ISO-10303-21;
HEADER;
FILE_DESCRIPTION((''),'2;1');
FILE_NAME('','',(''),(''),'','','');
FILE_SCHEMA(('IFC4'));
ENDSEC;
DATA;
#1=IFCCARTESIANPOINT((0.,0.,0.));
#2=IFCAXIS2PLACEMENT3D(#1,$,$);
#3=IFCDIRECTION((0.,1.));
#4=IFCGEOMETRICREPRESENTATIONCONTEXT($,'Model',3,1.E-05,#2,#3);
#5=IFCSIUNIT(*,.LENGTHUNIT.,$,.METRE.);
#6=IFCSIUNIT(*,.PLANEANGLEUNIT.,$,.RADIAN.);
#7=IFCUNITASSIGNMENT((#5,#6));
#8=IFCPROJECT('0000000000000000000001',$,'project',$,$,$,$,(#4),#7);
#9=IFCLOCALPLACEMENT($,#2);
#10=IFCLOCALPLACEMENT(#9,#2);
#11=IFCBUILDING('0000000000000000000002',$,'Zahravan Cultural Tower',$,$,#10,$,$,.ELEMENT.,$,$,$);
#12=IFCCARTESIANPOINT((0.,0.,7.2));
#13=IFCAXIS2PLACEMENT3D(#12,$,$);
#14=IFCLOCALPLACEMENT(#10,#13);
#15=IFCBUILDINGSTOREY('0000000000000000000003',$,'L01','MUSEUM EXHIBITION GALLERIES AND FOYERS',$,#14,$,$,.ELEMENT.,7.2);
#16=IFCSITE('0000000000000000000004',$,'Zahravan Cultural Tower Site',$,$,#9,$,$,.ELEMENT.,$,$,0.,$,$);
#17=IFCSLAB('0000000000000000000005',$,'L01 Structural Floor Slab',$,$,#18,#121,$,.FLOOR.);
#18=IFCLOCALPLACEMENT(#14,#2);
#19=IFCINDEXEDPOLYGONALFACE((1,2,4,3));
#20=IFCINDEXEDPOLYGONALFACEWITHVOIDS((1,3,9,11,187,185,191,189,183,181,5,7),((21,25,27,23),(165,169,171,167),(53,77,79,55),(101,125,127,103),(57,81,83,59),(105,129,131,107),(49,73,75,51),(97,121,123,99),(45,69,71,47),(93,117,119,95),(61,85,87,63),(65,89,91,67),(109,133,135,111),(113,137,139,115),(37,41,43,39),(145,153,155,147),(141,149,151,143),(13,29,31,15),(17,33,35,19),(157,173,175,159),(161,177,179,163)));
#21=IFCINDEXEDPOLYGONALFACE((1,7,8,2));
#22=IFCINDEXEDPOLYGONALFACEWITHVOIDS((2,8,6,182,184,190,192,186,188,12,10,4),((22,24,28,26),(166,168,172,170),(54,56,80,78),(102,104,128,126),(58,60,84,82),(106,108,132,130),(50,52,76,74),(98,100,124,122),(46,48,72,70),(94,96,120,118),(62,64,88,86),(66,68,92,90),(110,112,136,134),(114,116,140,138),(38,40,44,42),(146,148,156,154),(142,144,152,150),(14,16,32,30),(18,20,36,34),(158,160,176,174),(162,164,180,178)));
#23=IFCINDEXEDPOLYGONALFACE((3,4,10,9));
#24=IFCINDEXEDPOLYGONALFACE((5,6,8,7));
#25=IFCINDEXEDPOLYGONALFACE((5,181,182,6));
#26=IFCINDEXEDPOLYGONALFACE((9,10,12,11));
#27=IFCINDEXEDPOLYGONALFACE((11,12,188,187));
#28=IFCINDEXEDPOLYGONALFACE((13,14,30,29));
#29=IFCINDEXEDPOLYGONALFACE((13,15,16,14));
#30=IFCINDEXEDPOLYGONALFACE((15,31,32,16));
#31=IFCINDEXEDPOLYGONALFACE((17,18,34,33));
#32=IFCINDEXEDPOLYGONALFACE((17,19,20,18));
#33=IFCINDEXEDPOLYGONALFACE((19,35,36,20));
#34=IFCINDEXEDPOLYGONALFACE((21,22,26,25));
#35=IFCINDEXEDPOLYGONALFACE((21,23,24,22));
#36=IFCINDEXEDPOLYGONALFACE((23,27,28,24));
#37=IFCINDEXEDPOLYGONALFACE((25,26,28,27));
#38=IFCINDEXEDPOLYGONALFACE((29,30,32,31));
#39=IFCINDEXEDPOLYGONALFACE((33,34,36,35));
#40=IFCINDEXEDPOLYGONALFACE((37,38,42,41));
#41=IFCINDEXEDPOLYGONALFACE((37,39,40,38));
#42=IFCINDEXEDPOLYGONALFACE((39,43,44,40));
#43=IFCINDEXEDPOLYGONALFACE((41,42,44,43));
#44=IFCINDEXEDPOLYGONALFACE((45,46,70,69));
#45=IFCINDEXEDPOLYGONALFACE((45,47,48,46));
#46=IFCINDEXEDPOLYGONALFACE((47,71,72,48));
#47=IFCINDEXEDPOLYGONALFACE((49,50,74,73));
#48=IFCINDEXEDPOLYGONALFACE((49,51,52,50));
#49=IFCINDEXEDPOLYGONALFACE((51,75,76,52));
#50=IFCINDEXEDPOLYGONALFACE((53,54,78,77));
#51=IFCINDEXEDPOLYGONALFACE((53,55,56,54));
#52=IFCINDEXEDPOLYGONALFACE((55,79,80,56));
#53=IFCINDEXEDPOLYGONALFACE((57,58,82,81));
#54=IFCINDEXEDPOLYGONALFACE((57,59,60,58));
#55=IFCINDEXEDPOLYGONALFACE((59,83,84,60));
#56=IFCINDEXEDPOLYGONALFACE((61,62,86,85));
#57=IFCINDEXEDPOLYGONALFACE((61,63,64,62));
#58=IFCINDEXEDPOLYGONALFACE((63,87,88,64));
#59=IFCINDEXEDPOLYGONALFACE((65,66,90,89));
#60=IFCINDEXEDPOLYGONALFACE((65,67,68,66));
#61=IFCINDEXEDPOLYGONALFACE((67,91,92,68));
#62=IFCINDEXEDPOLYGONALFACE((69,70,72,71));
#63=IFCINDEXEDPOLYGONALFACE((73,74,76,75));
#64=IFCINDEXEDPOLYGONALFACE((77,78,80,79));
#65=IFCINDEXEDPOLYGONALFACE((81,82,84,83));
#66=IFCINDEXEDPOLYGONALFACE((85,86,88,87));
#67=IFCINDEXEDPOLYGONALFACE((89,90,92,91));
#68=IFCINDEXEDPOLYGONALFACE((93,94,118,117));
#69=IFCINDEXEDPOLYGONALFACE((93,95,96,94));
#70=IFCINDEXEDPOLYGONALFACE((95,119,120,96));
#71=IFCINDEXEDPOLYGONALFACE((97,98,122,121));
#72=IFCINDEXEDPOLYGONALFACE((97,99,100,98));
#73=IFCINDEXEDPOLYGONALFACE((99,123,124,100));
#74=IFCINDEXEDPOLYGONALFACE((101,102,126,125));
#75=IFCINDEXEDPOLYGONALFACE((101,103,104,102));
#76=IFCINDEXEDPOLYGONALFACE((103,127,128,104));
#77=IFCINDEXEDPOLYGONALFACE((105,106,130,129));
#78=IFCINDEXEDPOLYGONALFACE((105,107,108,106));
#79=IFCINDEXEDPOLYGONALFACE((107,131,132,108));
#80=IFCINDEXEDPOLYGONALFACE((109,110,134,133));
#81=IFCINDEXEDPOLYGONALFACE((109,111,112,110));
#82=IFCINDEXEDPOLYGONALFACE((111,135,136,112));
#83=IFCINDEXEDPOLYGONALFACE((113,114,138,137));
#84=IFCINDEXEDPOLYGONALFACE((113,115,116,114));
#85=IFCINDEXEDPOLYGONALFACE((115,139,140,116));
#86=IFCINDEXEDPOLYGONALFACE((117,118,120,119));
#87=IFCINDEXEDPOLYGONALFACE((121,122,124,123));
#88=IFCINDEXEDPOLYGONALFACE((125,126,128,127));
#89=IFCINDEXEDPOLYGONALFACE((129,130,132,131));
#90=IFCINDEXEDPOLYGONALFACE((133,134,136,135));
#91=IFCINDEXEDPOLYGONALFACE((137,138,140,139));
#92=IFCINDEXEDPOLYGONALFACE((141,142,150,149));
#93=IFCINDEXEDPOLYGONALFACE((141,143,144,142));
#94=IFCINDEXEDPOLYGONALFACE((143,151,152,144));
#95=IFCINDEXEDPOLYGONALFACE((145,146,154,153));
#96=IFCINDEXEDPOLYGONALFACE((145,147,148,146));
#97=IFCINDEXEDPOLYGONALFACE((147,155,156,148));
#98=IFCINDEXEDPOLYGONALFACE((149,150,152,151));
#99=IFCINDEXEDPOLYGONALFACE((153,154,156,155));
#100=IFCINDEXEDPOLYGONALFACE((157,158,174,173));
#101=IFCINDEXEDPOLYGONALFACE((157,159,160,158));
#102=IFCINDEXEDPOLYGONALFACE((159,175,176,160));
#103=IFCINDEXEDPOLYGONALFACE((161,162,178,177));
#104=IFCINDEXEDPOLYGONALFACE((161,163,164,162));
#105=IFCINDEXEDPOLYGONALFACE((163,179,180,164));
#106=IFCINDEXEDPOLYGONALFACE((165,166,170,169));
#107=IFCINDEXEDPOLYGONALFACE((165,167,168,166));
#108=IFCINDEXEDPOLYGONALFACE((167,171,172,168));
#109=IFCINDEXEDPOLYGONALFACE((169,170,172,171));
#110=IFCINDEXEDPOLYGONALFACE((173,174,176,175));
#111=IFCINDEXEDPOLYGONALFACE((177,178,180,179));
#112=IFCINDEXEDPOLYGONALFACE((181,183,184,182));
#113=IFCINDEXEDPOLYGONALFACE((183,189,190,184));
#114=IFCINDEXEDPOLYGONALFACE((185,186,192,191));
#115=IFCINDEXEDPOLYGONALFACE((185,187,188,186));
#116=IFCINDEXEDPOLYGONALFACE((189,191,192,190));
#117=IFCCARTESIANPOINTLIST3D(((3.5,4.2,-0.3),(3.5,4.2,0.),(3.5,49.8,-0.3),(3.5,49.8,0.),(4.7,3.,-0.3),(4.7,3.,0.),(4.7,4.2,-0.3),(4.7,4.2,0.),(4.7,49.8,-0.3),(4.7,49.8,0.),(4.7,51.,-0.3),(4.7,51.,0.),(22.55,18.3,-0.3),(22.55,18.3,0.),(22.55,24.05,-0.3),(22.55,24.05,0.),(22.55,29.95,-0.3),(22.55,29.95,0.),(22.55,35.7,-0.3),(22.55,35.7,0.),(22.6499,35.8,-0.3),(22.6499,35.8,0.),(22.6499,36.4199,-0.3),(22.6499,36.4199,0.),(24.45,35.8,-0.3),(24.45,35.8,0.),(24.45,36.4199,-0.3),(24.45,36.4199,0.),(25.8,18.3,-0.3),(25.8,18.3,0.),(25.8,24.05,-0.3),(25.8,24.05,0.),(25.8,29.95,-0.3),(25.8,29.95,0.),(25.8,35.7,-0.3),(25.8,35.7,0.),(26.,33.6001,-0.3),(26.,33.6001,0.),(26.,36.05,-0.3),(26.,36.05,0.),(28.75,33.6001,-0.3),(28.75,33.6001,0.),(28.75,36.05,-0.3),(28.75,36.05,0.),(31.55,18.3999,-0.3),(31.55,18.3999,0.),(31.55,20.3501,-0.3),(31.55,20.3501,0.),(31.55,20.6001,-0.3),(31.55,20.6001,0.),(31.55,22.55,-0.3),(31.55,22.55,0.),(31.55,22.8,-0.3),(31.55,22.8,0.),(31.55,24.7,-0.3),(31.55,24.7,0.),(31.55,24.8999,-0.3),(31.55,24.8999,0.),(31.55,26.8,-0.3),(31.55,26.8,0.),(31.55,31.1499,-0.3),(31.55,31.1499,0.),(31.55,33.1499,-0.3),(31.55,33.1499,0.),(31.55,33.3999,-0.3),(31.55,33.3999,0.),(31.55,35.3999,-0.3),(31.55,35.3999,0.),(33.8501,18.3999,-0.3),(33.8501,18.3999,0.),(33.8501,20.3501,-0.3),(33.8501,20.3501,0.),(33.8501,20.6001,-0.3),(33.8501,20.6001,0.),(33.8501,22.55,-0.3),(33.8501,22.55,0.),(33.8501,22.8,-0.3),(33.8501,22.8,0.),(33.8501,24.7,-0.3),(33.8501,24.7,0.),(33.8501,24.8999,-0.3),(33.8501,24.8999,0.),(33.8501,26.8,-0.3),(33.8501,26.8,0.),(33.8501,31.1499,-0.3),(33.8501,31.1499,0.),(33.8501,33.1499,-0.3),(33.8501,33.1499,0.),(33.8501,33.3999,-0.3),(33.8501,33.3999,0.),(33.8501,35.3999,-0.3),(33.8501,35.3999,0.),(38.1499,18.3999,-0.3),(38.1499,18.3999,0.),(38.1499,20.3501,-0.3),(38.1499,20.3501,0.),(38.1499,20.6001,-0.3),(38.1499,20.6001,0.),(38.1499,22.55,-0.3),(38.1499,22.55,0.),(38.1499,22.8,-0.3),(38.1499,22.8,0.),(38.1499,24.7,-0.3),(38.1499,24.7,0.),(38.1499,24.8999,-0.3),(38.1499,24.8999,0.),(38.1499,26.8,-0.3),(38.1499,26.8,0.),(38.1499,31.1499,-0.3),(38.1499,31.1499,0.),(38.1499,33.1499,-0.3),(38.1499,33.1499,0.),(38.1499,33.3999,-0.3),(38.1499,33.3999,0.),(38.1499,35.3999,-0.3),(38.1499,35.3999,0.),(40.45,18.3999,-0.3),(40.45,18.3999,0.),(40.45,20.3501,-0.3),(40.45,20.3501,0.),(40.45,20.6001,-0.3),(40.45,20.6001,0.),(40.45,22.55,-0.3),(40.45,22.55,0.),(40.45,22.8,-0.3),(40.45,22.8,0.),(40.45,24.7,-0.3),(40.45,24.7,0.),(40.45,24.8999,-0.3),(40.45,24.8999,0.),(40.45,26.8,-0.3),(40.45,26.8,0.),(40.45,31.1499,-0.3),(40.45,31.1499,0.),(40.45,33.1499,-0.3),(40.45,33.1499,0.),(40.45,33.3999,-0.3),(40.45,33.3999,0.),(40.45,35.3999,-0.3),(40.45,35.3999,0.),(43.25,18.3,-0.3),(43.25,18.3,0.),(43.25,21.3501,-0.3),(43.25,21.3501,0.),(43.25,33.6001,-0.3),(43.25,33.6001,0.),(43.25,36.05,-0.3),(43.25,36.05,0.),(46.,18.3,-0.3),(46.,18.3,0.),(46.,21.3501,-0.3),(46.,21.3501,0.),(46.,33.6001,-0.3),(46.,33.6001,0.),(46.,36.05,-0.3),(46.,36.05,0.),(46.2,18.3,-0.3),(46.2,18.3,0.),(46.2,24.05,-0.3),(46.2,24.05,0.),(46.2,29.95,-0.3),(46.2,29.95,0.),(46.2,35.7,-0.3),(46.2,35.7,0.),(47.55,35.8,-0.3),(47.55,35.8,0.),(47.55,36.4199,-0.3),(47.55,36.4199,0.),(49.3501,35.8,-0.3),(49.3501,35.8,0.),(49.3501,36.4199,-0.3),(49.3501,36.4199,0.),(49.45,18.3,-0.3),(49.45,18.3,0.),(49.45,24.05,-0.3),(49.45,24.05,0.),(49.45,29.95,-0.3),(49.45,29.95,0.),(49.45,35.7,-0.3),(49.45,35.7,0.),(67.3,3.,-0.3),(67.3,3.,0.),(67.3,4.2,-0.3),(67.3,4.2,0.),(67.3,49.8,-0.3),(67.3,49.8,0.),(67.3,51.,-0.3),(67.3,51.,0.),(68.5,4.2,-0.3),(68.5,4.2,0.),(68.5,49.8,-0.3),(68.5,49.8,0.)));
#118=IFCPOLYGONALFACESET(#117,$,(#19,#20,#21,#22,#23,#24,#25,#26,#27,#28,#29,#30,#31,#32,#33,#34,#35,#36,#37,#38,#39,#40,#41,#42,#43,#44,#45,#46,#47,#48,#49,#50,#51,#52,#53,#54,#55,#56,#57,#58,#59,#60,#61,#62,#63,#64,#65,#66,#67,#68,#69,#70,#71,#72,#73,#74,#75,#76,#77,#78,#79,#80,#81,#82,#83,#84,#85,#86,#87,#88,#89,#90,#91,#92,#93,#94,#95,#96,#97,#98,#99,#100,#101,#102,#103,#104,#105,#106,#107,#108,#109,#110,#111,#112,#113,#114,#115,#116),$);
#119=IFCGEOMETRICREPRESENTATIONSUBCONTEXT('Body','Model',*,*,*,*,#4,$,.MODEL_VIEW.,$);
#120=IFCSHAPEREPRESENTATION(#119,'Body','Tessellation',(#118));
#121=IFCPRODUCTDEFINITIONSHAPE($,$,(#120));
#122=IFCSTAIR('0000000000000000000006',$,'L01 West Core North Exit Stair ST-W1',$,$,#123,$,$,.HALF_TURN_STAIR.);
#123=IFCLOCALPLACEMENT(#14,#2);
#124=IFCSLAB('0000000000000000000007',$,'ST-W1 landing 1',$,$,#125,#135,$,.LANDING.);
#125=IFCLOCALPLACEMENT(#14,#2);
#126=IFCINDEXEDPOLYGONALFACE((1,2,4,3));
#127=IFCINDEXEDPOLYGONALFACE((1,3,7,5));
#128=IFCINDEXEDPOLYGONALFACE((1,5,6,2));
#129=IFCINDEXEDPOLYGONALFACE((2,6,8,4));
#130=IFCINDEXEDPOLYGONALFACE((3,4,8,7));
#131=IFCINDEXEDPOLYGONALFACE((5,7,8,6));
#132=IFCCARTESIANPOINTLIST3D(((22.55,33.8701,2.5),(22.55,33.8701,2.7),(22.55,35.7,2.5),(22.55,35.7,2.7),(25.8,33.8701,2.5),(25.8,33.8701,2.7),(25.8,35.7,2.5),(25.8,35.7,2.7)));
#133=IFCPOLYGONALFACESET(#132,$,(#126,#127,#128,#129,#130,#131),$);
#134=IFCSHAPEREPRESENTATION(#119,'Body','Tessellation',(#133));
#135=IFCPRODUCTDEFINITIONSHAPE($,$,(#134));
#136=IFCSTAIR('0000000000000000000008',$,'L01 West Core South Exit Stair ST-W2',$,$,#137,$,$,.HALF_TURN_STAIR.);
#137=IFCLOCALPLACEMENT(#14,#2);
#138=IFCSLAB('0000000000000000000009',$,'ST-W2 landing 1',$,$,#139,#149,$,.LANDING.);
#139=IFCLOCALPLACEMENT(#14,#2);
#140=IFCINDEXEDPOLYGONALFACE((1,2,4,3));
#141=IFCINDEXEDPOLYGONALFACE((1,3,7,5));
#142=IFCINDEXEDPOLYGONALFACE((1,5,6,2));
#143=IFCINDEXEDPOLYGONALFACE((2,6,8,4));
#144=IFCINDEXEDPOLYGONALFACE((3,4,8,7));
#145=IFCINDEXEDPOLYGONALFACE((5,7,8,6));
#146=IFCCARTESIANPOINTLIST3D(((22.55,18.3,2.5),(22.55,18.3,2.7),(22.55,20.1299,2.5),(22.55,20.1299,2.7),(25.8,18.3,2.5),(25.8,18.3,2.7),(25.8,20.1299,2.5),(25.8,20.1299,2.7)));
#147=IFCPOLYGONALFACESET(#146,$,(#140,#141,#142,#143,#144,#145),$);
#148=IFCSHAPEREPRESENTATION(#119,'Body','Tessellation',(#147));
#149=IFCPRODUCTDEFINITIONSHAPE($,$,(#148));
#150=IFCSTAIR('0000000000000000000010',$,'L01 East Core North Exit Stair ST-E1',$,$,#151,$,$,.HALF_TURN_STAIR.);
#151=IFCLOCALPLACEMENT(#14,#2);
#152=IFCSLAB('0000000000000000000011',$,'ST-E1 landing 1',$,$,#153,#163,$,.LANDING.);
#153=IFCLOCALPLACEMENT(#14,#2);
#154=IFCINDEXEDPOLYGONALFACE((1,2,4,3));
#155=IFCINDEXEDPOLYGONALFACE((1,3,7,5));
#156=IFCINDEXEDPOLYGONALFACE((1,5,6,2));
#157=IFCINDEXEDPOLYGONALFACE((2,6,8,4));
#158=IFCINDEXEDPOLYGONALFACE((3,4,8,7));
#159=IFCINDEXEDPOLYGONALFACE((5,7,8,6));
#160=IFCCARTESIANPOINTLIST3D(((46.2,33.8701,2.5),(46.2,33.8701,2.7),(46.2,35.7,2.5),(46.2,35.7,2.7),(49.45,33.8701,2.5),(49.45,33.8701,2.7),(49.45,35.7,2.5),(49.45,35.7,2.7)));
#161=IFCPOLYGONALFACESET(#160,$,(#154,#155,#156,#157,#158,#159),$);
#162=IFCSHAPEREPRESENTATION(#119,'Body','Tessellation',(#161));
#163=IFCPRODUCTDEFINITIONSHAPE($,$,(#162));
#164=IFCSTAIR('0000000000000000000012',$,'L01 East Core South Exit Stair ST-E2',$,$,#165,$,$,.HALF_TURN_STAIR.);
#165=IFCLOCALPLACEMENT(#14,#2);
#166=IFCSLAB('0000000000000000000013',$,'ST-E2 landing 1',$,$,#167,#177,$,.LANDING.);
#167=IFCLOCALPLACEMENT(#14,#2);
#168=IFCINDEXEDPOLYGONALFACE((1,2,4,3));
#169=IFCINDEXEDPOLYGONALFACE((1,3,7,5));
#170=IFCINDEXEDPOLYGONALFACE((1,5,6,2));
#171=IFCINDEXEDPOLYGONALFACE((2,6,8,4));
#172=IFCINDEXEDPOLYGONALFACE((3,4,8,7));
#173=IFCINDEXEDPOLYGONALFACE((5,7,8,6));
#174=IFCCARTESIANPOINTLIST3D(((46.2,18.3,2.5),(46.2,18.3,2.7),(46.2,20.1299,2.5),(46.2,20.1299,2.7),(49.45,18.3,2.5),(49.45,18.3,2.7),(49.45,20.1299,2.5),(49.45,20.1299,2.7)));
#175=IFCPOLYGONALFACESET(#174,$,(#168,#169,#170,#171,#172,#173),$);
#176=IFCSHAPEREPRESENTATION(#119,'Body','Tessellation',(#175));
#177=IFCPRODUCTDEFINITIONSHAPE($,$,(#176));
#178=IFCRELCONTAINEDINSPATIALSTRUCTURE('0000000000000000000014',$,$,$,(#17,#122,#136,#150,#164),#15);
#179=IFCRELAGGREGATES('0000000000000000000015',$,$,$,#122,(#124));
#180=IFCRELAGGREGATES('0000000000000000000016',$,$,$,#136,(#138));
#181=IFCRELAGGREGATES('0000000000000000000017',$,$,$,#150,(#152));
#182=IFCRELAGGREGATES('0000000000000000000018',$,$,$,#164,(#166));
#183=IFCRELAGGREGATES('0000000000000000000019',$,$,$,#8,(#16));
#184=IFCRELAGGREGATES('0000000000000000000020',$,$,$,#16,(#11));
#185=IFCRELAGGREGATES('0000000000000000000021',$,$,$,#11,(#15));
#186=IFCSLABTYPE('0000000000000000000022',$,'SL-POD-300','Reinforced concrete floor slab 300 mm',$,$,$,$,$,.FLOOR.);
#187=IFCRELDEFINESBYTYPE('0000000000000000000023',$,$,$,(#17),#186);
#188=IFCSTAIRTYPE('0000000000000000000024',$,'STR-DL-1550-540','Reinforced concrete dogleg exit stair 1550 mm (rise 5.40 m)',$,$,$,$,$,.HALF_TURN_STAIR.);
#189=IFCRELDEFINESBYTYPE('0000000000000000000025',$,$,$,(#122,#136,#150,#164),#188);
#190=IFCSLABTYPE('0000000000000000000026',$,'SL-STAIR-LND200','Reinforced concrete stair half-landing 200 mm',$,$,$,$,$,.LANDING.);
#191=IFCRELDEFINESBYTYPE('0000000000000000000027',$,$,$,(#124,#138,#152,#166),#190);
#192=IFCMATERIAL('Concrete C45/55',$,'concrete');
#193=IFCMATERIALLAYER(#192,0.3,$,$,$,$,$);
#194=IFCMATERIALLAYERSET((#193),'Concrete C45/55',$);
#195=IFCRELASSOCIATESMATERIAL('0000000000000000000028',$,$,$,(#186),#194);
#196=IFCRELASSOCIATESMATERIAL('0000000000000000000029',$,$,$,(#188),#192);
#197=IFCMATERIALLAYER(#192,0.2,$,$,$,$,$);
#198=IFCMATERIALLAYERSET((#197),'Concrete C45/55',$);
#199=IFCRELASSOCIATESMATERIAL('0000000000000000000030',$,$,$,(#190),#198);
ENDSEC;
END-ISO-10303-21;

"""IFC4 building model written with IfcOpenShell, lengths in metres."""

from ifc_helpers import new_model, si_unit, direction, frame, origin, place, context, subcontext, project, spatial, polyline, outline, extrude, material, layer, layer_set, type_object, element, aggregate, save


model = new_model("IFC4")

# Units and contexts
model_context = context("Model", 3, precision=1e-05, world=origin(), true_north=direction((0.0, 1.0)))
body_context = subcontext(model_context, "Body", "Model", "MODEL_VIEW")
ifc_project = project(units=[si_unit("LENGTHUNIT", "METRE"), si_unit("PLANEANGLEUNIT", "RADIAN")], contexts=[model_context])

# Site, building, storey
site_placement = place(None, origin())
site = spatial("IfcSite", under=ifc_project, at=site_placement, Name="Zahravan Cultural Tower Site", CompositionType="ELEMENT", RefElevation=0.0)
building_placement = place(site_placement, origin())
building = spatial("IfcBuilding", under=site, at=building_placement, Name="Zahravan Cultural Tower", CompositionType="ELEMENT")
storey_placement = place(building_placement, frame((0.0, 0.0, 7.2)))
storey = spatial("IfcBuildingStorey", under=building, at=storey_placement, Name="L01", Description="MUSEUM EXHIBITION GALLERIES AND FOYERS", CompositionType="ELEMENT", Elevation=7.2)

# Slab
ifc_material_1 = material(Name="Concrete C45/55", Category="concrete")
ifc_layer_1 = layer(ifc_material_1, 0.3)
ifc_layer_set_1 = layer_set([ifc_layer_1], Name="Concrete C45/55")
slab_type_1 = type_object("IfcSlabType", Name="SL-POD-300", Description="Reinforced concrete floor slab 300 mm", PredefinedType="FLOOR", material=ifc_layer_set_1)
slab_1_placement = place(storey_placement, frame((0.0, 0.0, -0.3)))
element("IfcSlab", 1, at=slab_1_placement, inside=storey, type_object=slab_type_1, Name="L01 Structural Floor Slab", PredefinedType="FLOOR", context=body_context, shape_type="SweptSolid", body=[
    extrude(outline(polyline([(68.5, 49.8), (67.3, 49.8), (67.3, 51.0), (4.7, 51.0), (4.7, 49.8), (3.5, 49.8), (3.5, 4.2), (4.7, 4.2), (4.7, 3.0), (67.3, 3.0), (67.3, 4.2), (68.5, 4.2), (68.5, 49.8)]), holes=[polyline([(22.55, 29.95), (22.55, 35.7), (25.8, 35.7), (25.8, 29.95), (22.55, 29.95)]), polyline([(22.55, 18.3), (22.55, 24.05), (25.8, 24.05), (25.8, 18.3), (22.55, 18.3)]), polyline([(46.2, 29.95), (46.2, 35.7), (49.45, 35.7), (49.45, 29.95), (46.2, 29.95)]), polyline([(46.2, 18.3), (46.2, 24.05), (49.45, 24.05), (49.45, 18.3), (46.2, 18.3)]), polyline([(26.0, 33.6001), (26.0, 36.05), (28.75, 36.05), (28.75, 33.6001), (26.0, 33.6001)]), polyline([(43.25, 33.6001), (43.25, 36.05), (46.0, 36.05), (46.0, 33.6001), (43.25, 33.6001)]), polyline([(43.25, 18.3), (43.25, 21.3501), (46.0, 21.3501), (46.0, 18.3), (43.25, 18.3)]), polyline([(31.55, 33.3999), (31.55, 35.3999), (33.8501, 35.3999), (33.8501, 33.3999), (31.55, 33.3999)]), polyline([(31.55, 31.1499), (31.55, 33.1499), (33.8501, 33.1499), (33.8501, 31.1499), (31.55, 31.1499)]), polyline([(38.1499, 33.3999), (38.1499, 35.3999), (40.45, 35.3999), (40.45, 33.3999), (38.1499, 33.3999)]), polyline([(38.1499, 31.1499), (38.1499, 33.1499), (40.45, 33.1499), (40.45, 31.1499), (38.1499, 31.1499)]), polyline([(31.55, 20.6001), (31.55, 22.55), (33.8501, 22.55), (33.8501, 20.6001), (31.55, 20.6001)]), polyline([(31.55, 18.3999), (31.55, 20.3501), (33.8501, 20.3501), (33.8501, 18.3999), (31.55, 18.3999)]), polyline([(38.1499, 20.6001), (38.1499, 22.55), (40.45, 22.55), (40.45, 20.6001), (38.1499, 20.6001)]), polyline([(38.1499, 18.3999), (38.1499, 20.3501), (40.45, 20.3501), (40.45, 18.3999), (38.1499, 18.3999)]), polyline([(31.55, 24.8999), (31.55, 26.8), (33.8501, 26.8), (33.8501, 24.8999), (31.55, 24.8999)]), polyline([(31.55, 22.8), (31.55, 24.7), (33.8501, 24.7), (33.8501, 22.8), (31.55, 22.8)]), polyline([(38.1499, 24.8999), (38.1499, 26.8), (40.45, 26.8), (40.45, 24.8999), (38.1499, 24.8999)]), polyline([(38.1499, 22.8), (38.1499, 24.7), (40.45, 24.7), (40.45, 22.8), (38.1499, 22.8)]), polyline([(22.6499, 35.8), (22.6499, 36.4199), (24.45, 36.4199), (24.45, 35.8), (22.6499, 35.8)]), polyline([(47.55, 35.8), (47.55, 36.4199), (49.3501, 36.4199), (49.3501, 35.8), (47.55, 35.8)])]), origin(), (0.0, 0.0, 1.0), 0.3),
])

# Stairs, slabs
stair_type = type_object("IfcStairType", Name="STR-DL-1550-540", Description="Reinforced concrete dogleg exit stair 1550 mm (rise 5.40 m)", PredefinedType="HALF_TURN_STAIR", material=ifc_material_1)
stair_1_placement = place(storey_placement, origin())
stair_1 = element("IfcStair", 2, at=stair_1_placement, inside=storey, type_object=stair_type, Name="L01 West Core North Exit Stair ST-W1", PredefinedType="HALF_TURN_STAIR")
ifc_layer_2 = layer(ifc_material_1, 0.2)
ifc_layer_set_2 = layer_set([ifc_layer_2], Name="Concrete C45/55")
slab_type_2 = type_object("IfcSlabType", Name="SL-STAIR-LND200", Description="Reinforced concrete stair half-landing 200 mm", PredefinedType="LANDING", material=ifc_layer_set_2)
slab_2_placement = place(storey_placement, frame((0.0, 0.0, 2.5)))
slab_2 = element("IfcSlab", 3, at=slab_2_placement, type_object=slab_type_2, Name="ST-W1 landing 1", PredefinedType="LANDING", context=body_context, shape_type="SweptSolid", body=[
    extrude(outline(polyline([(25.8, 33.8701), (25.8, 35.7), (22.55, 35.7), (22.55, 33.8701), (25.8, 33.8701)])), origin(), (0.0, 0.0, 1.0), 0.2),
])
aggregate(stair_1, [slab_2])
stair_2_placement = place(storey_placement, origin())
stair_2 = element("IfcStair", 4, at=stair_2_placement, inside=storey, type_object=stair_type, Name="L01 West Core South Exit Stair ST-W2", PredefinedType="HALF_TURN_STAIR")
slab_3_placement = place(storey_placement, frame((0.0, 0.0, 2.5)))
slab_3 = element("IfcSlab", 5, at=slab_3_placement, type_object=slab_type_2, Name="ST-W2 landing 1", PredefinedType="LANDING", context=body_context, shape_type="SweptSolid", body=[
    extrude(outline(polyline([(22.55, 20.1299), (22.55, 18.3), (25.8, 18.3), (25.8, 20.1299), (22.55, 20.1299)])), origin(), (0.0, 0.0, 1.0), 0.2),
])
aggregate(stair_2, [slab_3])
stair_3_placement = place(storey_placement, origin())
stair_3 = element("IfcStair", 6, at=stair_3_placement, inside=storey, type_object=stair_type, Name="L01 East Core North Exit Stair ST-E1", PredefinedType="HALF_TURN_STAIR")
slab_4_placement = place(storey_placement, frame((0.0, 0.0, 2.5)))
slab_4 = element("IfcSlab", 7, at=slab_4_placement, type_object=slab_type_2, Name="ST-E1 landing 1", PredefinedType="LANDING", context=body_context, shape_type="SweptSolid", body=[
    extrude(outline(polyline([(49.45, 33.8701), (49.45, 35.7), (46.2, 35.7), (46.2, 33.8701), (49.45, 33.8701)])), origin(), (0.0, 0.0, 1.0), 0.2),
])
aggregate(stair_3, [slab_4])
stair_4_placement = place(storey_placement, origin())
stair_4 = element("IfcStair", 8, at=stair_4_placement, inside=storey, type_object=stair_type, Name="L01 East Core South Exit Stair ST-E2", PredefinedType="HALF_TURN_STAIR")
slab_5_placement = place(storey_placement, frame((0.0, 0.0, 2.5)))
slab_5 = element("IfcSlab", 9, at=slab_5_placement, type_object=slab_type_2, Name="ST-E2 landing 1", PredefinedType="LANDING", context=body_context, shape_type="SweptSolid", body=[
    extrude(outline(polyline([(46.2, 20.1299), (46.2, 18.3), (49.45, 18.3), (49.45, 20.1299), (46.2, 20.1299)])), origin(), (0.0, 0.0, 1.0), 0.2),
])
aggregate(stair_4, [slab_5])

save(model, "model.ifc")
